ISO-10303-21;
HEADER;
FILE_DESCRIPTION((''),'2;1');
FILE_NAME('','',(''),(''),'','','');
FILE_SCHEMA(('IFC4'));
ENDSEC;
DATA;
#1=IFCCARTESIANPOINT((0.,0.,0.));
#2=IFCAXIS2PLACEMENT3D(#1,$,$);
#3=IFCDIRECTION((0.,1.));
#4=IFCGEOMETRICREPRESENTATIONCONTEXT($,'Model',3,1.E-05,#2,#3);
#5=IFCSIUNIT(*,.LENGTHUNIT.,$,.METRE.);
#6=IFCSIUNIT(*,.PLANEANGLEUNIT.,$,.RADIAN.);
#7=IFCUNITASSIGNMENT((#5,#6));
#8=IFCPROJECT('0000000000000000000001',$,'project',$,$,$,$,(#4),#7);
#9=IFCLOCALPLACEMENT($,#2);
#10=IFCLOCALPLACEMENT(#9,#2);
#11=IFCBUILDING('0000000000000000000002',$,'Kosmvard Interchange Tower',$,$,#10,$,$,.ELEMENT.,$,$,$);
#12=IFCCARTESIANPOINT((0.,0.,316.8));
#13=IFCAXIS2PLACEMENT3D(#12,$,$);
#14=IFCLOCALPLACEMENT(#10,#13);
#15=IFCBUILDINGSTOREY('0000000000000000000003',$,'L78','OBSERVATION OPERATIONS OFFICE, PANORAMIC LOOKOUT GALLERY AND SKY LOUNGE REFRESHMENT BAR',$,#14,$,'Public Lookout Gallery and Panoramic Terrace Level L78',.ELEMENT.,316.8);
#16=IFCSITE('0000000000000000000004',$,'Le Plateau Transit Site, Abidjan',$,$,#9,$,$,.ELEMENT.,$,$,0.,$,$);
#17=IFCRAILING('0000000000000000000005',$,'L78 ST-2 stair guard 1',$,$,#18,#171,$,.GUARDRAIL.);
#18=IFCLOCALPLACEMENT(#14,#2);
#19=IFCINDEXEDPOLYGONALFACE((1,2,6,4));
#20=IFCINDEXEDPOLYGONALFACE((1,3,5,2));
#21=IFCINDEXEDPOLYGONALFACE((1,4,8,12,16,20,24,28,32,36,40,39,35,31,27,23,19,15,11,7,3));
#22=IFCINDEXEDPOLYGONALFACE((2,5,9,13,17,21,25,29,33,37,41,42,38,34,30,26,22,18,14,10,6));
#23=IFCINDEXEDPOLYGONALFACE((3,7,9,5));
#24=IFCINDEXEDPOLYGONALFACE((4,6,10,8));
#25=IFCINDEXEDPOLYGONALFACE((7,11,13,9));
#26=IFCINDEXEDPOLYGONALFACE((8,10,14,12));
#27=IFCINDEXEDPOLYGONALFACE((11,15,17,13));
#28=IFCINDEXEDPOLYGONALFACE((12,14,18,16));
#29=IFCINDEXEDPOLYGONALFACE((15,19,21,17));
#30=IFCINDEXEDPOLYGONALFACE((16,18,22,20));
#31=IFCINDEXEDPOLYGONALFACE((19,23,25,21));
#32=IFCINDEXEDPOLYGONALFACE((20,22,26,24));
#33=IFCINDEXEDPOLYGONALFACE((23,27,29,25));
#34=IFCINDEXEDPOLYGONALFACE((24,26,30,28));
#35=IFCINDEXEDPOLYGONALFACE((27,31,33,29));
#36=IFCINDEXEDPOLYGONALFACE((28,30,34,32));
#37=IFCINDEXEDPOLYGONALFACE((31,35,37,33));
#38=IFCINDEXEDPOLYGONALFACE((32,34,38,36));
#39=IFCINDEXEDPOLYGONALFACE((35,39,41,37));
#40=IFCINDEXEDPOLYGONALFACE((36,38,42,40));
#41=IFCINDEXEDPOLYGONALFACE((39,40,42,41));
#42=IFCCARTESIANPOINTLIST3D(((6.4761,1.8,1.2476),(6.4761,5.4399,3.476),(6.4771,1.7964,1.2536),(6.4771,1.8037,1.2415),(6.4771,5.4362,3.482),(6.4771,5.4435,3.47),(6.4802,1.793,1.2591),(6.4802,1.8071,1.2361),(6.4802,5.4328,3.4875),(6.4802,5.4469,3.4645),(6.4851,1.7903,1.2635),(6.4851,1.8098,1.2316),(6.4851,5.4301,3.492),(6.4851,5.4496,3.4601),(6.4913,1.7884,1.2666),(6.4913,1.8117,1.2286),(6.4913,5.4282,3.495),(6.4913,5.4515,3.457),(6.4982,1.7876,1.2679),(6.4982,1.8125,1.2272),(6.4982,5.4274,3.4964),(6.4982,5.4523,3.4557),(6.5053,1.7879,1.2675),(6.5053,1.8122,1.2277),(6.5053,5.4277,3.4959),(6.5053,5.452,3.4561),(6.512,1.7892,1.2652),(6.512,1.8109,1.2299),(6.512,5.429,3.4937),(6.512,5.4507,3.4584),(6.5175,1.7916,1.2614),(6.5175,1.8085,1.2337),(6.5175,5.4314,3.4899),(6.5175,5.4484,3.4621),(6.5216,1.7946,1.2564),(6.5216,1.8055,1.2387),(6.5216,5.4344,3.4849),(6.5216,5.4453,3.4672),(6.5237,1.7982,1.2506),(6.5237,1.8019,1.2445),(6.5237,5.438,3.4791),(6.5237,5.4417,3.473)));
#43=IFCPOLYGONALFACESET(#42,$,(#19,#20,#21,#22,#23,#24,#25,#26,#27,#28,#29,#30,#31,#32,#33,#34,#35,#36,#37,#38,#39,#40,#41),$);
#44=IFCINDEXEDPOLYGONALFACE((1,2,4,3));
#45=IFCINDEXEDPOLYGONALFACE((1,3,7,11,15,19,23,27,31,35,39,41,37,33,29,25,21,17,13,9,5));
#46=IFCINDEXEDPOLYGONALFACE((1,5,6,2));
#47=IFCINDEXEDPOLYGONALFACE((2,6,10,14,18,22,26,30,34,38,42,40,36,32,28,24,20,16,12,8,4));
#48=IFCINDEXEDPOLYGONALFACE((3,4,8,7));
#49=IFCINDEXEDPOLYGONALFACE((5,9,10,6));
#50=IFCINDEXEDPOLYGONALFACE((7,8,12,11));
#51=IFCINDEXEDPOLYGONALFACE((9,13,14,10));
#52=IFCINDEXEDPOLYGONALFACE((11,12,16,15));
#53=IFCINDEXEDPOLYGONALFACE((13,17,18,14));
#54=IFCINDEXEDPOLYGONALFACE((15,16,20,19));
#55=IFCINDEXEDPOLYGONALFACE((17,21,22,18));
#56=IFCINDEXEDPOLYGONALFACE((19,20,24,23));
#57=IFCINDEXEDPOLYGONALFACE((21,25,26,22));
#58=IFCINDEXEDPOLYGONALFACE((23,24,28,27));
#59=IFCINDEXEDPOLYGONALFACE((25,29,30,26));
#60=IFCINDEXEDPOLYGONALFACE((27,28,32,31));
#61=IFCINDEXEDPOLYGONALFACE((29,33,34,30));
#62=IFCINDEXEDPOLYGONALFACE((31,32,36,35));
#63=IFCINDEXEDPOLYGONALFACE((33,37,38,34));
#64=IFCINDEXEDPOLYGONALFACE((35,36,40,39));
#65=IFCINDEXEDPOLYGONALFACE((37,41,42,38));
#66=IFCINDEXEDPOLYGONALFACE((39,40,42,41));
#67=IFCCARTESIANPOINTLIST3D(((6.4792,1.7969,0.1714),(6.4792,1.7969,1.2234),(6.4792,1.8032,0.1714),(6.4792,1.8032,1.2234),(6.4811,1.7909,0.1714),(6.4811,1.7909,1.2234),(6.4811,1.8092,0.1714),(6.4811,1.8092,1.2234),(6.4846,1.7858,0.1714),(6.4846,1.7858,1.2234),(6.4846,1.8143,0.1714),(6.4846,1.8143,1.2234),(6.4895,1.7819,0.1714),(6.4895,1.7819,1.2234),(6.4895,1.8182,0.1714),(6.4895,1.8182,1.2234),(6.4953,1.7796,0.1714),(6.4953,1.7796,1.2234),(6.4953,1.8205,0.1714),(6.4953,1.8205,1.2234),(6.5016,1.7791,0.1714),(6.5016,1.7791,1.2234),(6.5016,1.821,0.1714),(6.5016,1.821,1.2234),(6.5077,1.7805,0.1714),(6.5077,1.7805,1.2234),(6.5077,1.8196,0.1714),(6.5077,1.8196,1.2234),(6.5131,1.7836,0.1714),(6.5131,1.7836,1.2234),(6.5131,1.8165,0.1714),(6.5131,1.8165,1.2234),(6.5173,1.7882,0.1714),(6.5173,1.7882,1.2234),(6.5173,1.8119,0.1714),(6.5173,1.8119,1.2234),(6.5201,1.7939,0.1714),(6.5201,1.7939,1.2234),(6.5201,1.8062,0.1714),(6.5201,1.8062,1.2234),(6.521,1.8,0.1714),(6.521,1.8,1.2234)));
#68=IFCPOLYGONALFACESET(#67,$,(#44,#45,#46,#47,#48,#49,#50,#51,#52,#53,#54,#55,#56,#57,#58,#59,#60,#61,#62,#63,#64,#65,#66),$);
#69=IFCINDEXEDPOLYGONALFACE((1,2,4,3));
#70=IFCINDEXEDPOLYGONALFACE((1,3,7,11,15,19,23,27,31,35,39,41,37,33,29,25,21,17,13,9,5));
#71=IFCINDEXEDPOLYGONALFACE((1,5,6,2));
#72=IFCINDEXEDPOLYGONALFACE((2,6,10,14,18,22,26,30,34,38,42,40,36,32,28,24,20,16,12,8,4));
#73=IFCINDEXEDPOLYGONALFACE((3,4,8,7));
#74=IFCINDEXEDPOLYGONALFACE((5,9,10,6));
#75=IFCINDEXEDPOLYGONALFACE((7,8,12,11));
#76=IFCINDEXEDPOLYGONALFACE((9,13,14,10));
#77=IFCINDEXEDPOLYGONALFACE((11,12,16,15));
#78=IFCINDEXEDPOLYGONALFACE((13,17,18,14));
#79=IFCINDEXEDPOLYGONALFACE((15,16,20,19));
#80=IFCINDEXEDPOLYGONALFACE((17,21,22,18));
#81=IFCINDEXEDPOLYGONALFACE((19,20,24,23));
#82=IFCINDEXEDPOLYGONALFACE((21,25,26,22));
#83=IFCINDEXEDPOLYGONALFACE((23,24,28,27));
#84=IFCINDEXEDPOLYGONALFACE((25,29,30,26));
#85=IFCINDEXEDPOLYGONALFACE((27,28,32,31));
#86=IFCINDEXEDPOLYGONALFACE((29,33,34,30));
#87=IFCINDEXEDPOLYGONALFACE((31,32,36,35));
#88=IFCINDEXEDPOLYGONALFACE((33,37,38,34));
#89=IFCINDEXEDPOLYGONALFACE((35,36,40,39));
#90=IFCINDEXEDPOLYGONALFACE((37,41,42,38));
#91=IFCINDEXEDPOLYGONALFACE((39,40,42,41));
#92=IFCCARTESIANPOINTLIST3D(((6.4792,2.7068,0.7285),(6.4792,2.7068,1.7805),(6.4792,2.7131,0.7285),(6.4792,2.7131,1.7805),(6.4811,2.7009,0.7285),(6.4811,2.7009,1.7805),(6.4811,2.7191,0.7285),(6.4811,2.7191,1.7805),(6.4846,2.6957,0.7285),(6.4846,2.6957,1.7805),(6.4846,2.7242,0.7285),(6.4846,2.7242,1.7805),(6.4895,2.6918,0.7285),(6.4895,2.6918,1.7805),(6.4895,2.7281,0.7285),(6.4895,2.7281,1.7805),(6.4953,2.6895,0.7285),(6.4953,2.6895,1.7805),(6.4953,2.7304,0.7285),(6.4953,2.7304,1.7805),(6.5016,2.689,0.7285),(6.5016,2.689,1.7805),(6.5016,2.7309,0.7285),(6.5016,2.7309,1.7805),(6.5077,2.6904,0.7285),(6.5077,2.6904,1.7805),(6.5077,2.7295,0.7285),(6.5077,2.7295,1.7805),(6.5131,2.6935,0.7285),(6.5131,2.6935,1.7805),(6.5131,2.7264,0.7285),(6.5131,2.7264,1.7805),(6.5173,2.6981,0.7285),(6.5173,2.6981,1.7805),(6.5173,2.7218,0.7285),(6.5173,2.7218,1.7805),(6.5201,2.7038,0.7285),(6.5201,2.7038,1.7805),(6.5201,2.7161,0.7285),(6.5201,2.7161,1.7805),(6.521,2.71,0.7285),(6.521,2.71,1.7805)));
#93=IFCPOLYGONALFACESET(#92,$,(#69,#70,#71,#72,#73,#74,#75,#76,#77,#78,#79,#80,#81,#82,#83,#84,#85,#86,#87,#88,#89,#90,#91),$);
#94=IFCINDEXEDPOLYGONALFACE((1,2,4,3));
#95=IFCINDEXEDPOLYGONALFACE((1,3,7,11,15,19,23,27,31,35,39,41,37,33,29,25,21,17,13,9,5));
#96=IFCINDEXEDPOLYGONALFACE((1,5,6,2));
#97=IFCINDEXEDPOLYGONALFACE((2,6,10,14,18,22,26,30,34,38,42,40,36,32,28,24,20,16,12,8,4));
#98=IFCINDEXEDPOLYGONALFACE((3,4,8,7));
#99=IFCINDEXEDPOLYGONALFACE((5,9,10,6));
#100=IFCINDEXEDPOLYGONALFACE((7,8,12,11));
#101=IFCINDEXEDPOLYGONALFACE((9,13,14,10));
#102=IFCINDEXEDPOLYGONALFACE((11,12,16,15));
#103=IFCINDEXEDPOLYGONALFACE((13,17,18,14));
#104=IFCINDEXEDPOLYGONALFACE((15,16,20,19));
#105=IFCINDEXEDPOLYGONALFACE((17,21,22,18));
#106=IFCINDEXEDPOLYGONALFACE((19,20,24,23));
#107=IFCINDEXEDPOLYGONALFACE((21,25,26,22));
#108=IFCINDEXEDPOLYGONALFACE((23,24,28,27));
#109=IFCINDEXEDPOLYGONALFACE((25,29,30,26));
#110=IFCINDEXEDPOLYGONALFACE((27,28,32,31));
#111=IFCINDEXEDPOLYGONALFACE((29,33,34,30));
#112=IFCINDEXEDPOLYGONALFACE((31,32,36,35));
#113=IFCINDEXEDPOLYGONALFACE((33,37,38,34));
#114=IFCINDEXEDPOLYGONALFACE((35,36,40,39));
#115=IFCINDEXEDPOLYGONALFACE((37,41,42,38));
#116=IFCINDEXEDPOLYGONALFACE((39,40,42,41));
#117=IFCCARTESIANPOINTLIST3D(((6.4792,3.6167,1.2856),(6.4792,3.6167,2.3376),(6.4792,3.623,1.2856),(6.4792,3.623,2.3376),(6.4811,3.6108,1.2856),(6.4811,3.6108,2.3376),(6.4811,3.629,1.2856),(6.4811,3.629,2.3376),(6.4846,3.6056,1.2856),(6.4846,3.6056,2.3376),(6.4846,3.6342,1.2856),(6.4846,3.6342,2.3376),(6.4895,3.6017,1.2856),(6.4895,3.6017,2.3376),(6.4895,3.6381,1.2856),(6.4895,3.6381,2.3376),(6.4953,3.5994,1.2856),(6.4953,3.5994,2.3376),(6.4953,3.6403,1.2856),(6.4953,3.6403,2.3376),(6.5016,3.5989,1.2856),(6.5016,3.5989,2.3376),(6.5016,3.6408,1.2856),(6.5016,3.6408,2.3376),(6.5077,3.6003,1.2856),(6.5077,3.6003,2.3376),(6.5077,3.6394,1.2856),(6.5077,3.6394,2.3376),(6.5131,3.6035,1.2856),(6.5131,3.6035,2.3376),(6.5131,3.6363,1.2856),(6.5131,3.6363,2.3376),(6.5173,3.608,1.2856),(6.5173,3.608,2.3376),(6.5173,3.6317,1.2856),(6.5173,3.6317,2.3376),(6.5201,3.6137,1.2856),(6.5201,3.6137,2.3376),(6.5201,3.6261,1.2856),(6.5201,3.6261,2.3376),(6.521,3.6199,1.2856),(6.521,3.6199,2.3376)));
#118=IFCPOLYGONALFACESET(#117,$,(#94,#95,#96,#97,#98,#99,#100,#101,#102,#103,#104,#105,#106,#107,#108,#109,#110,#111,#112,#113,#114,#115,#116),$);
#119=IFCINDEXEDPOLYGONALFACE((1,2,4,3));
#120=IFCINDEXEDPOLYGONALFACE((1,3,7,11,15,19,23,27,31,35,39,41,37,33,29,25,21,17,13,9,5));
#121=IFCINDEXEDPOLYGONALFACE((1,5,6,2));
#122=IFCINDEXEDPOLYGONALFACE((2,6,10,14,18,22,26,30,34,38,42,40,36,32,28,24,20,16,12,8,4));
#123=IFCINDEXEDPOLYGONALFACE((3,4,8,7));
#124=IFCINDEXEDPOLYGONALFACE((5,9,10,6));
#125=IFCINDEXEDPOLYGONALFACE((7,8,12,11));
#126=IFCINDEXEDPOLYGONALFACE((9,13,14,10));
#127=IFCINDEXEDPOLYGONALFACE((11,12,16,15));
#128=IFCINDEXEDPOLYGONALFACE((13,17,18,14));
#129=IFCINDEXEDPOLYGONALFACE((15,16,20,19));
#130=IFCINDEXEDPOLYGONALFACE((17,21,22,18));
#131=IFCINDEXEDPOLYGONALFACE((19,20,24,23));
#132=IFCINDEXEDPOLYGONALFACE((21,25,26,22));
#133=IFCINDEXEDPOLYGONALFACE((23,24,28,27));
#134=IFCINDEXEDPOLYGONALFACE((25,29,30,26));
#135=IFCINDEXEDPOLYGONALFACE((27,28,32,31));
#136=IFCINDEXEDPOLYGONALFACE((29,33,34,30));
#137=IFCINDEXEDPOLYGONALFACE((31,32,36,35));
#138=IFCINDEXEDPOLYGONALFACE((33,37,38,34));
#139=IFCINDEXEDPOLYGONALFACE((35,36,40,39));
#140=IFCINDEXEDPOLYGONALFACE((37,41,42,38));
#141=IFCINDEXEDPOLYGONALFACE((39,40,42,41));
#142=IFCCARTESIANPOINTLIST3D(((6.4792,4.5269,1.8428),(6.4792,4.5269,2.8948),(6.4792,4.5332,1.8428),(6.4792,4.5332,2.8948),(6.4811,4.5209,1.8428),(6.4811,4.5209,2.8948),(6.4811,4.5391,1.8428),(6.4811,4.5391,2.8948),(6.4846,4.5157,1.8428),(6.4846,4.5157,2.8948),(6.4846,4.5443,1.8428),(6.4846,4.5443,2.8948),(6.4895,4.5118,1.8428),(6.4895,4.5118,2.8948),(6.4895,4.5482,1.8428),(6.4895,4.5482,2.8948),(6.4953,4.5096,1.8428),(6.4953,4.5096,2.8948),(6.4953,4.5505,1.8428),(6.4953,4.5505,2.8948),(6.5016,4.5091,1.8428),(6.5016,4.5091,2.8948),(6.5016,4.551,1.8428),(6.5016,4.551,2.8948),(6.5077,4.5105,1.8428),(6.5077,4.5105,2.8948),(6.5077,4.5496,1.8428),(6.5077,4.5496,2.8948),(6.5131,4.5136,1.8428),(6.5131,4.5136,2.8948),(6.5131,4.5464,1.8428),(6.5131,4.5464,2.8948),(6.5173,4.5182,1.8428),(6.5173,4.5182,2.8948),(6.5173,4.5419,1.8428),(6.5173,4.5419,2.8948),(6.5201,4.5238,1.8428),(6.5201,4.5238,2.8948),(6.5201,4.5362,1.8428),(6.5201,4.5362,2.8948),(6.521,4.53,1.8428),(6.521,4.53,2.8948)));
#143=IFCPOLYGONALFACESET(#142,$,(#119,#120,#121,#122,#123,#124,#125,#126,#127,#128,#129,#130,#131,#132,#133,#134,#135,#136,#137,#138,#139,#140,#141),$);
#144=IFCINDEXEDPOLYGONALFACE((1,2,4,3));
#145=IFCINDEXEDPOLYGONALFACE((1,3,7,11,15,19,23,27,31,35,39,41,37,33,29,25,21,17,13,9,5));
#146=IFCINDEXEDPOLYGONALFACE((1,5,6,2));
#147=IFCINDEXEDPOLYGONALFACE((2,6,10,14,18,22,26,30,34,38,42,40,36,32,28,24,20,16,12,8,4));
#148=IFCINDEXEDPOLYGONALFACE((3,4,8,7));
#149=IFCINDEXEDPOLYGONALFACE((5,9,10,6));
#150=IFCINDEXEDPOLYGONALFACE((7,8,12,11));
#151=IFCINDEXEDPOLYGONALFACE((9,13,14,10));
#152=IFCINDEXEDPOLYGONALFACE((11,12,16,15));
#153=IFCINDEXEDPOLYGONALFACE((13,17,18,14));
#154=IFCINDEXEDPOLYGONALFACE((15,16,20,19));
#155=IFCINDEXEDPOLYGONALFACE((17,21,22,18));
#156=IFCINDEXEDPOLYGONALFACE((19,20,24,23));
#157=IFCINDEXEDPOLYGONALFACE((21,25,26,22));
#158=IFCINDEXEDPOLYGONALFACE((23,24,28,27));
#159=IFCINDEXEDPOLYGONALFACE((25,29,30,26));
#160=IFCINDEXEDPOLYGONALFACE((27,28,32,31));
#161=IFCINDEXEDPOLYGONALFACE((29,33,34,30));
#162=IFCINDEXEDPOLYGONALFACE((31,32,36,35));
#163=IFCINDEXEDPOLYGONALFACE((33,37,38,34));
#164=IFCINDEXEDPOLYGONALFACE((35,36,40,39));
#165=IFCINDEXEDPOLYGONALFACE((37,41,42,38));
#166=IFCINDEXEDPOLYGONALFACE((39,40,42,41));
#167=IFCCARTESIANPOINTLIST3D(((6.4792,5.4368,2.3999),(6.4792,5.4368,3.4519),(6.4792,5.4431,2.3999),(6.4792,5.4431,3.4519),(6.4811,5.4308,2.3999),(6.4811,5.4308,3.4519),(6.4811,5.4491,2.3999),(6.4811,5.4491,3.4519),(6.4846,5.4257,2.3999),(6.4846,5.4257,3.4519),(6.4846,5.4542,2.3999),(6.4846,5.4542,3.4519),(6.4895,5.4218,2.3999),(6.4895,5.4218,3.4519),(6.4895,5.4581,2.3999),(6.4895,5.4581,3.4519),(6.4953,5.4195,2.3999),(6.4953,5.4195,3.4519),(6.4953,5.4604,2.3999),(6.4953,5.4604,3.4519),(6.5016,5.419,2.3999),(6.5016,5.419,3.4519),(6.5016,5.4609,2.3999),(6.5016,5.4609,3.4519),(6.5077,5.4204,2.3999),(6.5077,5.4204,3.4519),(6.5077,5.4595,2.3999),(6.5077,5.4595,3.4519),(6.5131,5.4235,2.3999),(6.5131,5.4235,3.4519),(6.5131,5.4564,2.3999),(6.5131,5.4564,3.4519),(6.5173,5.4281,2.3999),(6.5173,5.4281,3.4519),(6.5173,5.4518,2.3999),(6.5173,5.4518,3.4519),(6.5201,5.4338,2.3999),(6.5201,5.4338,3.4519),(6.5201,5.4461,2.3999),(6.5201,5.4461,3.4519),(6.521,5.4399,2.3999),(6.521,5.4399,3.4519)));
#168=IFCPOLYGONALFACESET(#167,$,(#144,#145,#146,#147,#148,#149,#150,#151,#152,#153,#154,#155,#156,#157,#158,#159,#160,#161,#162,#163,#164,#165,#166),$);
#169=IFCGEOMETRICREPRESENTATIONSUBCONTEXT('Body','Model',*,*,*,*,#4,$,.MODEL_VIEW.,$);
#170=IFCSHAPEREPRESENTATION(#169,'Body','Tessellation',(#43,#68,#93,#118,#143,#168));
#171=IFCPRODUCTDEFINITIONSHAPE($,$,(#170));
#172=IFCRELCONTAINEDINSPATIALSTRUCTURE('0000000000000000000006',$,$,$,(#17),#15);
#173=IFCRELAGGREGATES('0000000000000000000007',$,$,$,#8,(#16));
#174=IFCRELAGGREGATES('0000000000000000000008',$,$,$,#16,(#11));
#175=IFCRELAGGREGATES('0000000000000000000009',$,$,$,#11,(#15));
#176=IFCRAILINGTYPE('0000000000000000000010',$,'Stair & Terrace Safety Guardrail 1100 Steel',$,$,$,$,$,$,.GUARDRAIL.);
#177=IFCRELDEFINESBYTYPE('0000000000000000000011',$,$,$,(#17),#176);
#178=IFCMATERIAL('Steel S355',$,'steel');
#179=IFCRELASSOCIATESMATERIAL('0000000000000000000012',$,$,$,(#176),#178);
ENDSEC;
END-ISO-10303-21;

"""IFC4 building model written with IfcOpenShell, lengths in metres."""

from ifc_helpers import new_model, si_unit, direction, frame, origin, origin_2d, place, context, subcontext, project, spatial, circle, extrude, source, transform, mapped, material, type_object, element, save


model = new_model("IFC4")

# Units and contexts
model_context = context("Model", 3, precision=1e-05, world=origin(), true_north=direction((0.0, 1.0)))
body_context = subcontext(model_context, "Body", "Model", "MODEL_VIEW")
ifc_project = project(units=[si_unit("LENGTHUNIT", "METRE"), si_unit("PLANEANGLEUNIT", "RADIAN")], contexts=[model_context])

# Site, building, storey
site_placement = place(None, origin())
site = spatial("IfcSite", under=ifc_project, at=site_placement, Name="Le Plateau Transit Site, Abidjan", CompositionType="ELEMENT", RefElevation=0.0)
building_placement = place(site_placement, origin())
building = spatial("IfcBuilding", under=site, at=building_placement, Name="Kosmvard Interchange Tower", CompositionType="ELEMENT")
storey_placement = place(building_placement, frame((0.0, 0.0, 316.8)))
storey = spatial("IfcBuildingStorey", under=building, at=storey_placement, Name="L78", Description="OBSERVATION OPERATIONS OFFICE, PANORAMIC LOOKOUT GALLERY AND SKY LOUNGE REFRESHMENT BAR", LongName="Public Lookout Gallery and Panoramic Terrace Level L78", CompositionType="ELEMENT", Elevation=316.8)

# Shared definitions
ifc_material_1 = material(Name="Steel S355", Category="steel")

# Railing
railing_type_1 = type_object("IfcRailingType", Name="Stair & Terrace Safety Guardrail 1100 Steel", PredefinedType="GUARDRAIL", material=ifc_material_1)
shared_shape_1 = source(origin(), body_context, "Body", "SweptSolid", [
    extrude(circle(Radius=0.0239, at=origin_2d()), frame((0.0, 0.0, 1.0762), z_axis=(0.0, 0.85285, 0.522156), x_axis=(-1.0, 0.0, 0.0)), (0.0, 0.0, 1.0), 4.2678),
    extrude(circle(Radius=0.021, at=origin_2d()), origin(), (0.0, 0.0, 1.0), 1.052),
    extrude(circle(Radius=0.021, at=origin_2d()), frame((0.0, 0.9099, 0.5571)), (0.0, 0.0, 1.0), 1.052),
    extrude(circle(Radius=0.021, at=origin_2d()), frame((0.0, 1.8198, 1.1143)), (0.0, 0.0, 1.0), 1.052),
    extrude(circle(Radius=0.021, at=origin_2d()), frame((0.0, 2.73, 1.6714)), (0.0, 0.0, 1.0), 1.052),
    extrude(circle(Radius=0.021, at=origin_2d()), frame((0.0, 3.6399, 2.2285)), (0.0, 0.0, 1.0), 1.052),
])
railing_1_placement = place(storey_placement, frame((6.5, 1.8, 0.1714)))
element("IfcRailing", 1, at=railing_1_placement, inside=storey, type_object=railing_type_1, Name="L78 ST-2 stair guard 1", PredefinedType="GUARDRAIL", context=body_context, shape_type="MappedRepresentation", body=[
    mapped(shared_shape_1, transform((0.0, 0.0, 0.0), scale=1.0)),
])

save(model, "model.ifc")
